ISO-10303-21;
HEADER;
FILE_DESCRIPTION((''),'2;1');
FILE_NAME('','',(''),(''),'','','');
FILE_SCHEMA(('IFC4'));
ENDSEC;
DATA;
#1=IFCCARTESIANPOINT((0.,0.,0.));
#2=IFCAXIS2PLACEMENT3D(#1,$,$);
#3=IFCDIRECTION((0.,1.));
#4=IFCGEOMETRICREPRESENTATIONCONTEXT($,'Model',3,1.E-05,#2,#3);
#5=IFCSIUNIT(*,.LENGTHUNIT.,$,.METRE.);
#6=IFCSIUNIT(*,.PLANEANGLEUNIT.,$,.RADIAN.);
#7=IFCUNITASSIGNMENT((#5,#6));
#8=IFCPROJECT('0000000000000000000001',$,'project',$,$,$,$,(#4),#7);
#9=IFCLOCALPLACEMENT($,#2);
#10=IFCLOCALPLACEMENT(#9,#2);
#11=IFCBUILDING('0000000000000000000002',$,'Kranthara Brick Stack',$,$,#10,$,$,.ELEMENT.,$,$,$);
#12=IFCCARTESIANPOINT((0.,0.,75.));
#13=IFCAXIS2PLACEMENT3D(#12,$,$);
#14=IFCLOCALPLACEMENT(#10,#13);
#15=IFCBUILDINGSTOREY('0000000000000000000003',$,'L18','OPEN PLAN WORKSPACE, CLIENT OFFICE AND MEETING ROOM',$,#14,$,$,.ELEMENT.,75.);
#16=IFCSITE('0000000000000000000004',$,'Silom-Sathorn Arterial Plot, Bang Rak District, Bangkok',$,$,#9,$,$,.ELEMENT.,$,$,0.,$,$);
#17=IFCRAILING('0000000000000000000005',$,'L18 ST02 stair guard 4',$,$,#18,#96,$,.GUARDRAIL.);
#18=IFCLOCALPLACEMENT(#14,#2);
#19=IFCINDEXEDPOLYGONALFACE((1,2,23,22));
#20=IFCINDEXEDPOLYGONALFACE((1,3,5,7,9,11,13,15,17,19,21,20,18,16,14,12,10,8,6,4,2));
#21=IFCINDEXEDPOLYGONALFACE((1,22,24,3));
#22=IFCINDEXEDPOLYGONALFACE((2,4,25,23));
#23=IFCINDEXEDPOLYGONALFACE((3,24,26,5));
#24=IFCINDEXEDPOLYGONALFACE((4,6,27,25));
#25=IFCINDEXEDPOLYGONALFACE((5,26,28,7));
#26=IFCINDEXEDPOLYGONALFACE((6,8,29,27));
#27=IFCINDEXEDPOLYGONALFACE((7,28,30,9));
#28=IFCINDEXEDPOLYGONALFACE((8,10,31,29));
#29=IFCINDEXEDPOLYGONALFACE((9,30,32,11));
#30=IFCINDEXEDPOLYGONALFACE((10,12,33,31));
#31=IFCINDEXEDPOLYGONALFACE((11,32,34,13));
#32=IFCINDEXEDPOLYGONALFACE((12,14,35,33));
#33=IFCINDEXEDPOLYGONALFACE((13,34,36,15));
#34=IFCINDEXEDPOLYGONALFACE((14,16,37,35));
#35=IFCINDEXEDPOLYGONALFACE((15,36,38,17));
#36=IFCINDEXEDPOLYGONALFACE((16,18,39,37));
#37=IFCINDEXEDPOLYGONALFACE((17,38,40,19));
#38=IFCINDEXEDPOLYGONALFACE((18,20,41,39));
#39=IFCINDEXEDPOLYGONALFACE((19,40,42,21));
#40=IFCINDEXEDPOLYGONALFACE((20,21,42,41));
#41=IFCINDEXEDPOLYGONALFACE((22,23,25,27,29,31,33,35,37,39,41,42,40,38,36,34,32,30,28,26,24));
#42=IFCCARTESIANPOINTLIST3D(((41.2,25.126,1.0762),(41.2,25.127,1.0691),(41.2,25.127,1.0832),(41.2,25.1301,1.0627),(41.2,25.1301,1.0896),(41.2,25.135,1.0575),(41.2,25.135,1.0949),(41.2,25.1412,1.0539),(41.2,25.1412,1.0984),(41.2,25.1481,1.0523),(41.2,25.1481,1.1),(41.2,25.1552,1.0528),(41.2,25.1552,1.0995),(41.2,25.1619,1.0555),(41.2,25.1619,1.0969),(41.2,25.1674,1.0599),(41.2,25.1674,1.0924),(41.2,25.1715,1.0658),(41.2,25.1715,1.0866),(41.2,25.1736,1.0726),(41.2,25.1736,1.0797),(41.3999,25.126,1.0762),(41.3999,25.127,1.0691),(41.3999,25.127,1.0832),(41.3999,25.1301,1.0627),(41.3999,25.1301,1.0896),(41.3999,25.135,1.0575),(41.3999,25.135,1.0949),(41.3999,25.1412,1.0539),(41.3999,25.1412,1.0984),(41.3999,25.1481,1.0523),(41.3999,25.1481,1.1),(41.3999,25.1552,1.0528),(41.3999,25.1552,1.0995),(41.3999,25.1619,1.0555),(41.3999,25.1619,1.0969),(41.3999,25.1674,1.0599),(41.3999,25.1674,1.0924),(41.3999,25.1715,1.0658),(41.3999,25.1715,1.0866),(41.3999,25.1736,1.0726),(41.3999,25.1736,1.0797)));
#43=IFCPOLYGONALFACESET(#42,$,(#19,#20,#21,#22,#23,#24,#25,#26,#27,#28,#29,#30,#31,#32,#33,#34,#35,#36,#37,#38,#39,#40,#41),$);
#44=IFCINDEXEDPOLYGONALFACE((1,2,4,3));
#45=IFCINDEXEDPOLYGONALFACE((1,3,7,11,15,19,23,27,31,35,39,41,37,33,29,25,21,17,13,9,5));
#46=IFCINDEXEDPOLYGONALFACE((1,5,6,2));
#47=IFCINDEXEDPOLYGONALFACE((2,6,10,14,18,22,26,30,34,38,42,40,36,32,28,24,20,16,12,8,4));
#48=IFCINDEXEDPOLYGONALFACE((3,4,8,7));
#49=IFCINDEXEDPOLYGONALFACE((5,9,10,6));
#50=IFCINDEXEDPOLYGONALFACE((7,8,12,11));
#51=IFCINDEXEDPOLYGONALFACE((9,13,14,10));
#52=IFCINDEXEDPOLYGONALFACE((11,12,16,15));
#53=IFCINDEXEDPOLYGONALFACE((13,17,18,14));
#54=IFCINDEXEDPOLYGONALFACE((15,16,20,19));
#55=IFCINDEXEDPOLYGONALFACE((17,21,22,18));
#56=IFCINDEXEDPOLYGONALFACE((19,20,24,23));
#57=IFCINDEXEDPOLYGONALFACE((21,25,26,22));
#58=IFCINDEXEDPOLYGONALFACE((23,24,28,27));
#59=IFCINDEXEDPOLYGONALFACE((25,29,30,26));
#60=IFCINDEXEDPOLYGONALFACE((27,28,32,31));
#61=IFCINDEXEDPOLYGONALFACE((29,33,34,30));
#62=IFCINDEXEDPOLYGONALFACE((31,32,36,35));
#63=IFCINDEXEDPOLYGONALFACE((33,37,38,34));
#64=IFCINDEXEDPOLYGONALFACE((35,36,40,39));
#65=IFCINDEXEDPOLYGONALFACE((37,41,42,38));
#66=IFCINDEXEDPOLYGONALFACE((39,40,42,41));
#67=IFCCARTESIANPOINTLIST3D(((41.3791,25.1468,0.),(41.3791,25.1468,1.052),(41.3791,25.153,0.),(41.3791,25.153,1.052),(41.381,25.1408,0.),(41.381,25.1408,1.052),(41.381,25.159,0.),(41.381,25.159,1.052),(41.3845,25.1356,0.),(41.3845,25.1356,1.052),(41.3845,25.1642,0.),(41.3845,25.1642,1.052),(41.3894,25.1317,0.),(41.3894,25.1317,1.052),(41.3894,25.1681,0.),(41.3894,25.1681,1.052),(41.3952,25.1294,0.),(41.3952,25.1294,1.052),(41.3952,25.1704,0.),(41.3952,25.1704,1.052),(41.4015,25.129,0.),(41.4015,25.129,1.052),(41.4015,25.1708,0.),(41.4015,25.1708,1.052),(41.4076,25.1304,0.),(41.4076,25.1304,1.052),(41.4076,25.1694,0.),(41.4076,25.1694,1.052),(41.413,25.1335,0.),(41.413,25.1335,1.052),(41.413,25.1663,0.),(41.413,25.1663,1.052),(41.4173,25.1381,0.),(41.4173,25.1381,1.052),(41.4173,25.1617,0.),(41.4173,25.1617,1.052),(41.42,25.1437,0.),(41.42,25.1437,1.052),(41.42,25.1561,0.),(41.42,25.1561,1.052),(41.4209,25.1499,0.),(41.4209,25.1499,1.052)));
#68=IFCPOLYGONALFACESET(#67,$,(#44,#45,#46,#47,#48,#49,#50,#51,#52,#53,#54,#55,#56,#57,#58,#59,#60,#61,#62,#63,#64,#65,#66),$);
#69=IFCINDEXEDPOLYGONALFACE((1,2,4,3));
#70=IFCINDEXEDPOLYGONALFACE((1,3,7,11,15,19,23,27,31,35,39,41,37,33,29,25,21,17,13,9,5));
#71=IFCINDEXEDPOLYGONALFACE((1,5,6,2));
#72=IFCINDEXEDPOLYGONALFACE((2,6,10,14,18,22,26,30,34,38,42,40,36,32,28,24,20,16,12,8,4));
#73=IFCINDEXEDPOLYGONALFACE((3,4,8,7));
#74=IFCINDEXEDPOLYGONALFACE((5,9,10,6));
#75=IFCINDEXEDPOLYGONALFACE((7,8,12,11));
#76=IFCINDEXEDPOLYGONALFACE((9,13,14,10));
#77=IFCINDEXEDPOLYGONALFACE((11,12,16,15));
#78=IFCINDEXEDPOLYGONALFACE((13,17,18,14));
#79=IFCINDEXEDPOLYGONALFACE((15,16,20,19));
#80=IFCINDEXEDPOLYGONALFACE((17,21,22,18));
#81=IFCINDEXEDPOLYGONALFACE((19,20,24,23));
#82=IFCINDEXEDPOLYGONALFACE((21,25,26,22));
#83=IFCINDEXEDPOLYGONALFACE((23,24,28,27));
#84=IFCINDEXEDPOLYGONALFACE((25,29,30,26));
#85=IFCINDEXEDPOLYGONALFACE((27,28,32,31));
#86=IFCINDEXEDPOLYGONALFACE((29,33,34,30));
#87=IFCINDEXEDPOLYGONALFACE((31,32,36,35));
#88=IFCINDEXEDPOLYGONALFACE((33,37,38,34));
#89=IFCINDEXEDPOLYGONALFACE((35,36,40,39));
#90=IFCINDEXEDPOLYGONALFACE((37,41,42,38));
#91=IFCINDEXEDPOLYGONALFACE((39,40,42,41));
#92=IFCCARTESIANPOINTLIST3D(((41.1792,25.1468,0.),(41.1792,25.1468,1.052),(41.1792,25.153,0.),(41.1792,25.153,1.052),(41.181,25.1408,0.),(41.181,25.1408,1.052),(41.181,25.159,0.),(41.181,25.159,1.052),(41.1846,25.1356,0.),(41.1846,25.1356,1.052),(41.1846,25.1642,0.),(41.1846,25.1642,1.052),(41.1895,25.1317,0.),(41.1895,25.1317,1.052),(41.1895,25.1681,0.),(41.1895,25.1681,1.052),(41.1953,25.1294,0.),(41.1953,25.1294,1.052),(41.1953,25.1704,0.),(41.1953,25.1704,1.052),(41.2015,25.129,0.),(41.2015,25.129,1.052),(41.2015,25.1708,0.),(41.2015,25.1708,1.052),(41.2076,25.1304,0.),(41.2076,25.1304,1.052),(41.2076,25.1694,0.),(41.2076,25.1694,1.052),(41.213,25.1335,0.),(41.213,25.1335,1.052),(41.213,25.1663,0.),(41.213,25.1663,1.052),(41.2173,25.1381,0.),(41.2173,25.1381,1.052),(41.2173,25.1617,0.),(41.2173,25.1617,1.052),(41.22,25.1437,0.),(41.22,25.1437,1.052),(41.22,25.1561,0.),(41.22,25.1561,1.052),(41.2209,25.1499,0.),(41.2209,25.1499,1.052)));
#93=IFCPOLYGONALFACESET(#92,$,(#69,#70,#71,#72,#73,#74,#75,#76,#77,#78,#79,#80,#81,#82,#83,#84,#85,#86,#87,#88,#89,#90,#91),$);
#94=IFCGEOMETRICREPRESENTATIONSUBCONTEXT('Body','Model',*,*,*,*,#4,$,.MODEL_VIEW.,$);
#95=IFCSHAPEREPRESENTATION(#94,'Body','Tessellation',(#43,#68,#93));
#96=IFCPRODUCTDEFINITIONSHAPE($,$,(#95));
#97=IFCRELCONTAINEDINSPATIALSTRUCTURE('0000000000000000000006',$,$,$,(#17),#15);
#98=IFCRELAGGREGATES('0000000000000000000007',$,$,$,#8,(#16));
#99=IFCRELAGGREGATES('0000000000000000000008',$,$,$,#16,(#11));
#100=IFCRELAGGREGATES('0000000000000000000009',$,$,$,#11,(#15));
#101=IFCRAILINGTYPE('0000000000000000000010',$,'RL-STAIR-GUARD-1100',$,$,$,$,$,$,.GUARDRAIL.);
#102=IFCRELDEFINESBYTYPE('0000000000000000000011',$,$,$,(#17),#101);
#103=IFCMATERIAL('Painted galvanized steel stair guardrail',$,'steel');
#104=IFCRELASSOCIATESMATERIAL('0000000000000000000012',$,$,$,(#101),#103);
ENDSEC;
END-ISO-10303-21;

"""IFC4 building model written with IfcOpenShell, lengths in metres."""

from ifc_helpers import new_model, si_unit, direction, frame, origin, origin_2d, place, context, subcontext, project, spatial, circle, extrude, material, type_object, element, save


model = new_model("IFC4")

# Units and contexts
model_context = context("Model", 3, precision=1e-05, world=origin(), true_north=direction((0.0, 1.0)))
body_context = subcontext(model_context, "Body", "Model", "MODEL_VIEW")
ifc_project = project(units=[si_unit("LENGTHUNIT", "METRE"), si_unit("PLANEANGLEUNIT", "RADIAN")], contexts=[model_context])

# Site, building, storey
site_placement = place(None, origin())
site = spatial("IfcSite", under=ifc_project, at=site_placement, Name="Silom-Sathorn Arterial Plot, Bang Rak District, Bangkok", CompositionType="ELEMENT", RefElevation=0.0)
building_placement = place(site_placement, origin())
building = spatial("IfcBuilding", under=site, at=building_placement, Name="Kranthara Brick Stack", CompositionType="ELEMENT")
storey_placement = place(building_placement, frame((0.0, 0.0, 75.0)))
storey = spatial("IfcBuildingStorey", under=building, at=storey_placement, Name="L18", Description="OPEN PLAN WORKSPACE, CLIENT OFFICE AND MEETING ROOM", CompositionType="ELEMENT", Elevation=75.0)

# Railing
ifc_material_1 = material(Name="Painted galvanized steel stair guardrail", Category="steel")
railing_type_1 = type_object("IfcRailingType", Name="RL-STAIR-GUARD-1100", PredefinedType="GUARDRAIL", material=ifc_material_1)
railing_1_placement = place(storey_placement, frame((41.3999, 25.1499, 0.0)))
element("IfcRailing", 1, at=railing_1_placement, inside=storey, type_object=railing_type_1, Name="L18 ST02 stair guard 4", PredefinedType="GUARDRAIL", context=body_context, shape_type="SweptSolid", body=[
    extrude(circle(Radius=0.0239, at=origin_2d()), frame((0.0, 0.0, 1.0762), z_axis=(-1.0, 0.0, 0.0), x_axis=(0.0, -1.0, 0.0)), (0.0, 0.0, 1.0), 0.2),
    extrude(circle(Radius=0.021, at=origin_2d()), origin(), (0.0, 0.0, 1.0), 1.052),
    extrude(circle(Radius=0.021, at=origin_2d()), frame((-0.2, 0.0, 0.0)), (0.0, 0.0, 1.0), 1.052),
])

save(model, "model.ifc")
